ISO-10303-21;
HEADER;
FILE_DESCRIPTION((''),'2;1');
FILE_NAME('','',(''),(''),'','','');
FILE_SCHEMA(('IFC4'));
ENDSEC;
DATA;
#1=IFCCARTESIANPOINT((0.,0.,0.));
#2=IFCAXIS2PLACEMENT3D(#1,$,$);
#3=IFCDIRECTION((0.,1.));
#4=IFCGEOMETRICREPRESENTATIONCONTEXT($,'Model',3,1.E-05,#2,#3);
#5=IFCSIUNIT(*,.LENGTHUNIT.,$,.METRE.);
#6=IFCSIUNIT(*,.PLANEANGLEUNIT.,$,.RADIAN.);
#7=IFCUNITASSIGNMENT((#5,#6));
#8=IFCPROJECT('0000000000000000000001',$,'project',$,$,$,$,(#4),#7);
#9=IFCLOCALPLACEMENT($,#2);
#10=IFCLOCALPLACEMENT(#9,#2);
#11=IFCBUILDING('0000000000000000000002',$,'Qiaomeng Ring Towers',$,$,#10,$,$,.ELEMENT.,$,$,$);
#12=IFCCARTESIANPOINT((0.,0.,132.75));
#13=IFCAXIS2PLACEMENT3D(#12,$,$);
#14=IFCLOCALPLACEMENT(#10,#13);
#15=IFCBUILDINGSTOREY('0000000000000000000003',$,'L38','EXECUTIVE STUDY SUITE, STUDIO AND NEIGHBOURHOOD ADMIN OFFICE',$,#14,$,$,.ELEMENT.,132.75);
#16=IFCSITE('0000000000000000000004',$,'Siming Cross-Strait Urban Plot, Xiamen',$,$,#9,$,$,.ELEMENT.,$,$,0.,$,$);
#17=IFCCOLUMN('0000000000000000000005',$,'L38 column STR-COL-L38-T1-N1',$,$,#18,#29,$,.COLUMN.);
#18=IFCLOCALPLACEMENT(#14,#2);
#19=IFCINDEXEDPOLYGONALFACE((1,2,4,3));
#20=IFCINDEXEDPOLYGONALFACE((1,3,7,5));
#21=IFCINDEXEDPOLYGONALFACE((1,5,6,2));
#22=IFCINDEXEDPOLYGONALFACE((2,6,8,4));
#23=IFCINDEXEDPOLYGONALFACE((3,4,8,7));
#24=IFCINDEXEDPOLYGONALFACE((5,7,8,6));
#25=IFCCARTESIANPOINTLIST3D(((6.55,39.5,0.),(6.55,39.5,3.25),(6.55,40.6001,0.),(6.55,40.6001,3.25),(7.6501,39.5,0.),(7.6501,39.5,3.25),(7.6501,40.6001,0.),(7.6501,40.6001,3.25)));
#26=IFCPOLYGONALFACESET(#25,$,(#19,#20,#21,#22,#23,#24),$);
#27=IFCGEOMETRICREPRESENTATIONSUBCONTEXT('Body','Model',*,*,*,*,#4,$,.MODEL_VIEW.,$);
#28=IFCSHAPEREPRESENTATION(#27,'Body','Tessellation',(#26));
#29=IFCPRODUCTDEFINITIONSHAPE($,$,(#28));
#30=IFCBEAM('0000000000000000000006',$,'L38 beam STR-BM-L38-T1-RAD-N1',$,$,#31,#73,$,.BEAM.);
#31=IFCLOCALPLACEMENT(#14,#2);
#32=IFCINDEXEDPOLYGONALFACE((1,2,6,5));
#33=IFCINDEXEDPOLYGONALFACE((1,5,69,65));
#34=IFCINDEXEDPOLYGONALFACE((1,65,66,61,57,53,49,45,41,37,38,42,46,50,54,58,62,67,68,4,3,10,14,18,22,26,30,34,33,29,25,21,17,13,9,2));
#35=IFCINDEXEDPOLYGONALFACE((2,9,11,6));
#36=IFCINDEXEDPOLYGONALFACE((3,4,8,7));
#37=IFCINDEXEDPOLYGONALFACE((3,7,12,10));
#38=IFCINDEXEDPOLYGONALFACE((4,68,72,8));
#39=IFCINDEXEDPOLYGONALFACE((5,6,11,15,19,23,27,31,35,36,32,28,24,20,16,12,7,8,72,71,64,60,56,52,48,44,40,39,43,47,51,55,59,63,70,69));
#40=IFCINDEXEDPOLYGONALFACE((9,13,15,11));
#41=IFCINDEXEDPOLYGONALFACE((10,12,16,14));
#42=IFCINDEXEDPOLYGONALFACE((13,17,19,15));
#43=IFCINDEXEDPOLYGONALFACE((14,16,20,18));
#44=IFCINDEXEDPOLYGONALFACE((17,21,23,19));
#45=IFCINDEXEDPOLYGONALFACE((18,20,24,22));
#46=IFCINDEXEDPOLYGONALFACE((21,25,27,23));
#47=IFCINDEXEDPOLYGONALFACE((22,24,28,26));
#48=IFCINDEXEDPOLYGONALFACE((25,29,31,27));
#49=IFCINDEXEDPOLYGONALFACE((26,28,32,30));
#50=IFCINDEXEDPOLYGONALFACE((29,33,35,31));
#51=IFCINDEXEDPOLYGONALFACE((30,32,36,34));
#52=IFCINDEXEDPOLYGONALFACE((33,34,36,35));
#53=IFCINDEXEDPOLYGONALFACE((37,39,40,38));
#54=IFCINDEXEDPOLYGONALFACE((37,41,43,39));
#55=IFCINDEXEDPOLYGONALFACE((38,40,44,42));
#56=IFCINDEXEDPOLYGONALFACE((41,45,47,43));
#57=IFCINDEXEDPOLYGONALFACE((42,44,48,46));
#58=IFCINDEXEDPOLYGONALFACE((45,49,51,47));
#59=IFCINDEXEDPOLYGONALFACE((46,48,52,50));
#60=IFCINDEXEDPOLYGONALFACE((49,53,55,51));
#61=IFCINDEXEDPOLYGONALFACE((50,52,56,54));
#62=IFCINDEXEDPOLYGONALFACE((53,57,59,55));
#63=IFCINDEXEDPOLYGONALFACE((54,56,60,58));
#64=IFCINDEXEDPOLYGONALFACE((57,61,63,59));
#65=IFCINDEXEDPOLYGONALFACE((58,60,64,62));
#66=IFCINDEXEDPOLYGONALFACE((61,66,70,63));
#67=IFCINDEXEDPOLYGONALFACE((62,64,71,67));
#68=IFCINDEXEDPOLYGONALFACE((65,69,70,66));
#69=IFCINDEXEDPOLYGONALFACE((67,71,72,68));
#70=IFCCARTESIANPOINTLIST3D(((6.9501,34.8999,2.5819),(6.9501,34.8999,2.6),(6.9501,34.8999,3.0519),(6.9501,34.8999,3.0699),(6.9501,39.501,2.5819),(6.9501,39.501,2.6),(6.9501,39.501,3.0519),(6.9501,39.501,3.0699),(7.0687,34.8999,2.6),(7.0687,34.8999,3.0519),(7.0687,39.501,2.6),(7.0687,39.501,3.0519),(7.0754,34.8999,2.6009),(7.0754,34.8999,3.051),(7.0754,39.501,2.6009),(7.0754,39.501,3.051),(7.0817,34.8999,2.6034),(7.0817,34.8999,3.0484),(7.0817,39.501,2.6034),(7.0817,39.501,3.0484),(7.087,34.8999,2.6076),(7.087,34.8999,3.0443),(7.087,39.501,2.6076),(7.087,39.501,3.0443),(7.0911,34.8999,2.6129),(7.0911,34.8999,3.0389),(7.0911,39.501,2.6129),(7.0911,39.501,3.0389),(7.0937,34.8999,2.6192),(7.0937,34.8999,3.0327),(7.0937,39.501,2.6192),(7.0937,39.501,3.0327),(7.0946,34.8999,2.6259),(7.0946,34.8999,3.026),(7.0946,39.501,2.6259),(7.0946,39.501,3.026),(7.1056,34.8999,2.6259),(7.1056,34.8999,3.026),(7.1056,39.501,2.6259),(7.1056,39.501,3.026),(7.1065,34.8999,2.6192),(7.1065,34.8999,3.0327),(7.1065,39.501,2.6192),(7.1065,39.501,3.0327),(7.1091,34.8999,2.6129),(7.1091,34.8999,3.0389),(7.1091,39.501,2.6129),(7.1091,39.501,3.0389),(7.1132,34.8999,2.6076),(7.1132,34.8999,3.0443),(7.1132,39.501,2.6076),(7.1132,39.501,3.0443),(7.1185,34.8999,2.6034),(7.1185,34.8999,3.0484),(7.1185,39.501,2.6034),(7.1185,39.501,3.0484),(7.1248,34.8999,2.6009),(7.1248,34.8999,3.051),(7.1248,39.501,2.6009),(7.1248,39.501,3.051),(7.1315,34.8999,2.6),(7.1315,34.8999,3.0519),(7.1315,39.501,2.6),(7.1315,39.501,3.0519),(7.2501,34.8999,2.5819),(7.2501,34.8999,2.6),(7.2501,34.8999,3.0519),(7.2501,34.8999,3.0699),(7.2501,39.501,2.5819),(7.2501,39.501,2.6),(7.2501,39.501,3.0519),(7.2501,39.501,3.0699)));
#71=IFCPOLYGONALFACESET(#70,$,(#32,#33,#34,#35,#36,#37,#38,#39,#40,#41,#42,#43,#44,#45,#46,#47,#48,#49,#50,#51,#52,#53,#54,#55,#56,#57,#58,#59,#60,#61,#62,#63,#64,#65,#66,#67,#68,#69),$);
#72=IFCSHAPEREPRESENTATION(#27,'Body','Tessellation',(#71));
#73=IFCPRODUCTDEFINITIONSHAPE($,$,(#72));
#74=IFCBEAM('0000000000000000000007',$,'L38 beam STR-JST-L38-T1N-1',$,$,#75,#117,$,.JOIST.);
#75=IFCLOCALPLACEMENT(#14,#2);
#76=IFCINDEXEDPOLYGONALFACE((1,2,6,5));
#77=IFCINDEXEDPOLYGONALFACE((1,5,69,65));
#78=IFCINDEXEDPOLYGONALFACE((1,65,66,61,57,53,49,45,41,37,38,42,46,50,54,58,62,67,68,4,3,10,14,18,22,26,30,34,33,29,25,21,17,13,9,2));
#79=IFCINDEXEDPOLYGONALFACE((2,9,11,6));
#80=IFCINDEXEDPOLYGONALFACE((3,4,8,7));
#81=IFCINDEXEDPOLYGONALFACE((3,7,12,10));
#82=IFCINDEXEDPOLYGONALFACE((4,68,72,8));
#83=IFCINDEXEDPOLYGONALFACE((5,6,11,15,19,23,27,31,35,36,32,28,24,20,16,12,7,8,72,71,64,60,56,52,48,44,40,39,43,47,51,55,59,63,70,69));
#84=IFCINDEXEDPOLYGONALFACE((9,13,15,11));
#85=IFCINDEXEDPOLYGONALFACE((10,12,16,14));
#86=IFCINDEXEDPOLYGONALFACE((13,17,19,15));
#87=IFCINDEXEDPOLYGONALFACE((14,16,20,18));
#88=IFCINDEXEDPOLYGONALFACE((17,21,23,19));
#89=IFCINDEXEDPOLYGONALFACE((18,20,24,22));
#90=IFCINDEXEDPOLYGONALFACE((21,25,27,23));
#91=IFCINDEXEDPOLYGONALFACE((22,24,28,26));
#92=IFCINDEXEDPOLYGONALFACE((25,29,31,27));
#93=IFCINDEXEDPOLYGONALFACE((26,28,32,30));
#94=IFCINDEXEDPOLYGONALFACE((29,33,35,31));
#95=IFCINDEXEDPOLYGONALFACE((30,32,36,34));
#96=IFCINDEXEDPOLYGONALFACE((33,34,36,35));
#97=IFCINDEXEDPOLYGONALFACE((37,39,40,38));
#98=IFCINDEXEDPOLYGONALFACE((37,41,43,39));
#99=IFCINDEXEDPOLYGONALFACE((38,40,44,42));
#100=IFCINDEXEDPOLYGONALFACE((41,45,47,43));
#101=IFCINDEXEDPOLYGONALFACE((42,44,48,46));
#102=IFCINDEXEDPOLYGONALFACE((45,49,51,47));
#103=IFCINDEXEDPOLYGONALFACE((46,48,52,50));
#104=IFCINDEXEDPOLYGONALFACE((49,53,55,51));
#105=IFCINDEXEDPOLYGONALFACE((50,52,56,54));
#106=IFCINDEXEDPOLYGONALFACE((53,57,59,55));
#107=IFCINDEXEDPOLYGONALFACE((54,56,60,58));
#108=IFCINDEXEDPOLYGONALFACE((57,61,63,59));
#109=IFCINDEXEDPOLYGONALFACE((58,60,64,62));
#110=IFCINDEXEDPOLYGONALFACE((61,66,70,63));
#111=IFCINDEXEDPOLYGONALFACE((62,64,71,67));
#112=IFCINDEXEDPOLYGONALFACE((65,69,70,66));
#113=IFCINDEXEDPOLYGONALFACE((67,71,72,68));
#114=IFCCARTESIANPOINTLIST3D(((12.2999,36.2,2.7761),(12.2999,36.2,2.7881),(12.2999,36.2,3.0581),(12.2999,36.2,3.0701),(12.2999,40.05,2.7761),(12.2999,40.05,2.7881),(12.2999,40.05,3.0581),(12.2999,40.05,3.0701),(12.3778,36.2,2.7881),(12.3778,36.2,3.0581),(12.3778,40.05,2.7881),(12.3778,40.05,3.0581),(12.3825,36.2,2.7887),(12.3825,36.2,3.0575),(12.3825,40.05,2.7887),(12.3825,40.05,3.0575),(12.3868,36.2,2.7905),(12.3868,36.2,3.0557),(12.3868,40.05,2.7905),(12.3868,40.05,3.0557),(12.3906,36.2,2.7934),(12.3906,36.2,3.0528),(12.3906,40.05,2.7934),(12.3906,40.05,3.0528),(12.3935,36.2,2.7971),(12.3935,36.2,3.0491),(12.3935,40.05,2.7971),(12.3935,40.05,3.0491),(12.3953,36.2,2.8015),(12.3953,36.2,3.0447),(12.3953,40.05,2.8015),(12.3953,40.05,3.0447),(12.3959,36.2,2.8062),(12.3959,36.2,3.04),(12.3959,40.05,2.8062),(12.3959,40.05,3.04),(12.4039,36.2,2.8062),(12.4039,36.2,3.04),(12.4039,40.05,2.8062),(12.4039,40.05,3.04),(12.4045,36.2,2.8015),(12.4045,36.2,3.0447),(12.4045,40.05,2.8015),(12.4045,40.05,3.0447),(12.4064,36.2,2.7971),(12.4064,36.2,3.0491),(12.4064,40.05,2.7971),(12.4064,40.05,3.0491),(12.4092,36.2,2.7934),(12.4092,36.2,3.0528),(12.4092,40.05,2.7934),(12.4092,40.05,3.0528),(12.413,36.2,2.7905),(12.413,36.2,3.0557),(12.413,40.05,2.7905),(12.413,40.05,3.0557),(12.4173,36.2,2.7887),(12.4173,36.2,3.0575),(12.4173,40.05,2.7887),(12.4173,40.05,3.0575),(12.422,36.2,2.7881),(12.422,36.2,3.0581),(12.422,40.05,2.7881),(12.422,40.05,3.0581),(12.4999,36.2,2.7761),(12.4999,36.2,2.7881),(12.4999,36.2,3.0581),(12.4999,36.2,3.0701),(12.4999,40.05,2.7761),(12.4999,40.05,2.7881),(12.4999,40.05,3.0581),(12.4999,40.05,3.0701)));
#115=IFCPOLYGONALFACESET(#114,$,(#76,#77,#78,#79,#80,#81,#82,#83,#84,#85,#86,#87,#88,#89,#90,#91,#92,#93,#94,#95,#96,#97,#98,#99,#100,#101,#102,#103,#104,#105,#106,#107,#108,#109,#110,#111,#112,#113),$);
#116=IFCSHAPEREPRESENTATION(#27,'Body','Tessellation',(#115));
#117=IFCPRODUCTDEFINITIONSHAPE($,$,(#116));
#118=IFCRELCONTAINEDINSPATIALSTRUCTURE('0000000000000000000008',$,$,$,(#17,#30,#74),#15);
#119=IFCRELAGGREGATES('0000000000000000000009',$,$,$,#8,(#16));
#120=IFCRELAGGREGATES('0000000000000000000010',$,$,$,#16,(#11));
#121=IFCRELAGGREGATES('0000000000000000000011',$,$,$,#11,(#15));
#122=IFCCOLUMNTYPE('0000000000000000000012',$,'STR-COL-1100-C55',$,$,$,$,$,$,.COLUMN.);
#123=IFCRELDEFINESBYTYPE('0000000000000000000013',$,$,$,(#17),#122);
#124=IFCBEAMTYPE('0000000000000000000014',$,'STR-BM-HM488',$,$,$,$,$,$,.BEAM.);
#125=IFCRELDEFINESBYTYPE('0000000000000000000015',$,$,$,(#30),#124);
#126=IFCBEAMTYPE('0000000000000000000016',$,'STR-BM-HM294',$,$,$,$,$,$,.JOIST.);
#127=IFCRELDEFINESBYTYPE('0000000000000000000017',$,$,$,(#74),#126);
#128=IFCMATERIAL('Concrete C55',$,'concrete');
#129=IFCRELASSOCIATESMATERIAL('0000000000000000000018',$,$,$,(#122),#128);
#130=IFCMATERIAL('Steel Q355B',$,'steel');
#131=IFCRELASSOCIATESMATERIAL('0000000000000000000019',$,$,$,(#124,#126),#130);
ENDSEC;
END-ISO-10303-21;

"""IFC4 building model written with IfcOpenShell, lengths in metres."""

from ifc_helpers import new_model, si_unit, direction, frame, origin, origin_2d, place, context, subcontext, project, spatial, rectangle, i_section, extrude, source, transform, mapped, material, material_profile, profile_set, type_object, element, save


model = new_model("IFC4")

# Units and contexts
model_context = context("Model", 3, precision=1e-05, world=origin(), true_north=direction((0.0, 1.0)))
body_context = subcontext(model_context, "Body", "Model", "MODEL_VIEW")
ifc_project = project(units=[si_unit("LENGTHUNIT", "METRE"), si_unit("PLANEANGLEUNIT", "RADIAN")], contexts=[model_context])

# Site, building, storey
site_placement = place(None, origin())
site = spatial("IfcSite", under=ifc_project, at=site_placement, Name="Siming Cross-Strait Urban Plot, Xiamen", CompositionType="ELEMENT", RefElevation=0.0)
building_placement = place(site_placement, origin())
building = spatial("IfcBuilding", under=site, at=building_placement, Name="Qiaomeng Ring Towers", CompositionType="ELEMENT")
storey_placement = place(building_placement, frame((0.0, 0.0, 132.75)))
storey = spatial("IfcBuildingStorey", under=building, at=storey_placement, Name="L38", Description="EXECUTIVE STUDY SUITE, STUDIO AND NEIGHBOURHOOD ADMIN OFFICE", CompositionType="ELEMENT", Elevation=132.75)

# Column
ifc_material_1 = material(Name="Concrete C55", Category="concrete")
ifc_material_profile_1 = material_profile(ifc_material_1, rectangle(XDim=1.1001, YDim=1.1001, at=origin_2d()), Name="RC COL 1100x1100")
ifc_profile_set_1 = profile_set([ifc_material_profile_1], Name="Concrete C55")
column_type = type_object("IfcColumnType", Name="STR-COL-1100-C55", PredefinedType="COLUMN", material=ifc_profile_set_1)
shared_shape_1 = source(origin(), body_context, "Body", "SweptSolid", [
    extrude(rectangle(XDim=1.1001, YDim=1.1001, at=origin_2d()), origin(), (0.0, 0.0, 1.0), 3.25),
])
column_placement = place(storey_placement, frame((7.1001, 40.05, 0.0), z_axis=(0.0, 0.0, 1.0), x_axis=(1.0, 0.0, 0.0)))
element("IfcColumn", 1, at=column_placement, inside=storey, type_object=column_type, Name="L38 column STR-COL-L38-T1-N1", PredefinedType="COLUMN", context=body_context, shape_type="MappedRepresentation", body=[
    mapped(shared_shape_1, transform((0.0, 0.0, 0.0), x_axis=(1.0, 0.0, 0.0), y_axis=(0.0, 1.0, 0.0), z_axis=(0.0, 0.0, 1.0), scale=1.0)),
])

# Beams
ifc_material_2 = material(Name="Steel Q355B", Category="steel")
ifc_material_profile_2 = material_profile(ifc_material_2, i_section(OverallWidth=0.3, OverallDepth=0.488, WebThickness=0.011, FlangeThickness=0.0181, FilletRadius=0.0259, at=origin_2d()), Name="HM 488x300x11x18")
ifc_profile_set_2 = profile_set([ifc_material_profile_2], Name="Steel Q355B")
beam_type_1 = type_object("IfcBeamType", Name="STR-BM-HM488", PredefinedType="BEAM", material=ifc_profile_set_2)
shared_shape_2 = source(origin(), body_context, "Body", "SweptSolid", [
    extrude(i_section(OverallWidth=0.3, OverallDepth=0.488, WebThickness=0.011, FlangeThickness=0.0181, FilletRadius=0.0259, at=origin_2d()), origin(), (0.0, 0.0, 1.0), 4.6011),
])
beam_1_placement = place(storey_placement, frame((7.1001, 39.501, 2.8259), z_axis=(0.0, -1.0, 0.0), x_axis=(1.0, 0.0, 0.0)))
element("IfcBeam", 2, at=beam_1_placement, inside=storey, type_object=beam_type_1, Name="L38 beam STR-BM-L38-T1-RAD-N1", PredefinedType="BEAM", context=body_context, shape_type="MappedRepresentation", body=[
    mapped(shared_shape_2, transform((0.0, 0.0, 0.0), x_axis=(1.0, 0.0, 0.0), y_axis=(0.0, 1.0, 0.0), z_axis=(0.0, 0.0, 1.0), scale=1.0)),
])
ifc_material_profile_3 = material_profile(ifc_material_2, i_section(OverallWidth=0.2, OverallDepth=0.2939, WebThickness=0.0081, FlangeThickness=0.012, FilletRadius=0.0181, at=origin_2d()), Name="HM 294x200x8x12")
ifc_profile_set_3 = profile_set([ifc_material_profile_3], Name="Steel Q355B")
beam_type_2 = type_object("IfcBeamType", Name="STR-BM-HM294", PredefinedType="JOIST", material=ifc_profile_set_3)
shared_shape_3 = source(origin(), body_context, "Body", "SweptSolid", [
    extrude(i_section(OverallWidth=0.2, OverallDepth=0.2939, WebThickness=0.0081, FlangeThickness=0.012, FilletRadius=0.0181, at=origin_2d()), origin(), (0.0, 0.0, 1.0), 3.8501),
])
beam_2_placement = place(storey_placement, frame((12.3999, 36.2, 2.9231), z_axis=(0.0, 1.0, 0.0), x_axis=(-1.0, 0.0, 0.0)))
element("IfcBeam", 3, at=beam_2_placement, inside=storey, type_object=beam_type_2, Name="L38 beam STR-JST-L38-T1N-1", PredefinedType="JOIST", context=body_context, shape_type="MappedRepresentation", body=[
    mapped(shared_shape_3, transform((0.0, 0.0, 0.0), x_axis=(1.0, 0.0, 0.0), y_axis=(0.0, 1.0, 0.0), z_axis=(0.0, 0.0, 1.0), scale=1.0)),
])

save(model, "model.ifc")
